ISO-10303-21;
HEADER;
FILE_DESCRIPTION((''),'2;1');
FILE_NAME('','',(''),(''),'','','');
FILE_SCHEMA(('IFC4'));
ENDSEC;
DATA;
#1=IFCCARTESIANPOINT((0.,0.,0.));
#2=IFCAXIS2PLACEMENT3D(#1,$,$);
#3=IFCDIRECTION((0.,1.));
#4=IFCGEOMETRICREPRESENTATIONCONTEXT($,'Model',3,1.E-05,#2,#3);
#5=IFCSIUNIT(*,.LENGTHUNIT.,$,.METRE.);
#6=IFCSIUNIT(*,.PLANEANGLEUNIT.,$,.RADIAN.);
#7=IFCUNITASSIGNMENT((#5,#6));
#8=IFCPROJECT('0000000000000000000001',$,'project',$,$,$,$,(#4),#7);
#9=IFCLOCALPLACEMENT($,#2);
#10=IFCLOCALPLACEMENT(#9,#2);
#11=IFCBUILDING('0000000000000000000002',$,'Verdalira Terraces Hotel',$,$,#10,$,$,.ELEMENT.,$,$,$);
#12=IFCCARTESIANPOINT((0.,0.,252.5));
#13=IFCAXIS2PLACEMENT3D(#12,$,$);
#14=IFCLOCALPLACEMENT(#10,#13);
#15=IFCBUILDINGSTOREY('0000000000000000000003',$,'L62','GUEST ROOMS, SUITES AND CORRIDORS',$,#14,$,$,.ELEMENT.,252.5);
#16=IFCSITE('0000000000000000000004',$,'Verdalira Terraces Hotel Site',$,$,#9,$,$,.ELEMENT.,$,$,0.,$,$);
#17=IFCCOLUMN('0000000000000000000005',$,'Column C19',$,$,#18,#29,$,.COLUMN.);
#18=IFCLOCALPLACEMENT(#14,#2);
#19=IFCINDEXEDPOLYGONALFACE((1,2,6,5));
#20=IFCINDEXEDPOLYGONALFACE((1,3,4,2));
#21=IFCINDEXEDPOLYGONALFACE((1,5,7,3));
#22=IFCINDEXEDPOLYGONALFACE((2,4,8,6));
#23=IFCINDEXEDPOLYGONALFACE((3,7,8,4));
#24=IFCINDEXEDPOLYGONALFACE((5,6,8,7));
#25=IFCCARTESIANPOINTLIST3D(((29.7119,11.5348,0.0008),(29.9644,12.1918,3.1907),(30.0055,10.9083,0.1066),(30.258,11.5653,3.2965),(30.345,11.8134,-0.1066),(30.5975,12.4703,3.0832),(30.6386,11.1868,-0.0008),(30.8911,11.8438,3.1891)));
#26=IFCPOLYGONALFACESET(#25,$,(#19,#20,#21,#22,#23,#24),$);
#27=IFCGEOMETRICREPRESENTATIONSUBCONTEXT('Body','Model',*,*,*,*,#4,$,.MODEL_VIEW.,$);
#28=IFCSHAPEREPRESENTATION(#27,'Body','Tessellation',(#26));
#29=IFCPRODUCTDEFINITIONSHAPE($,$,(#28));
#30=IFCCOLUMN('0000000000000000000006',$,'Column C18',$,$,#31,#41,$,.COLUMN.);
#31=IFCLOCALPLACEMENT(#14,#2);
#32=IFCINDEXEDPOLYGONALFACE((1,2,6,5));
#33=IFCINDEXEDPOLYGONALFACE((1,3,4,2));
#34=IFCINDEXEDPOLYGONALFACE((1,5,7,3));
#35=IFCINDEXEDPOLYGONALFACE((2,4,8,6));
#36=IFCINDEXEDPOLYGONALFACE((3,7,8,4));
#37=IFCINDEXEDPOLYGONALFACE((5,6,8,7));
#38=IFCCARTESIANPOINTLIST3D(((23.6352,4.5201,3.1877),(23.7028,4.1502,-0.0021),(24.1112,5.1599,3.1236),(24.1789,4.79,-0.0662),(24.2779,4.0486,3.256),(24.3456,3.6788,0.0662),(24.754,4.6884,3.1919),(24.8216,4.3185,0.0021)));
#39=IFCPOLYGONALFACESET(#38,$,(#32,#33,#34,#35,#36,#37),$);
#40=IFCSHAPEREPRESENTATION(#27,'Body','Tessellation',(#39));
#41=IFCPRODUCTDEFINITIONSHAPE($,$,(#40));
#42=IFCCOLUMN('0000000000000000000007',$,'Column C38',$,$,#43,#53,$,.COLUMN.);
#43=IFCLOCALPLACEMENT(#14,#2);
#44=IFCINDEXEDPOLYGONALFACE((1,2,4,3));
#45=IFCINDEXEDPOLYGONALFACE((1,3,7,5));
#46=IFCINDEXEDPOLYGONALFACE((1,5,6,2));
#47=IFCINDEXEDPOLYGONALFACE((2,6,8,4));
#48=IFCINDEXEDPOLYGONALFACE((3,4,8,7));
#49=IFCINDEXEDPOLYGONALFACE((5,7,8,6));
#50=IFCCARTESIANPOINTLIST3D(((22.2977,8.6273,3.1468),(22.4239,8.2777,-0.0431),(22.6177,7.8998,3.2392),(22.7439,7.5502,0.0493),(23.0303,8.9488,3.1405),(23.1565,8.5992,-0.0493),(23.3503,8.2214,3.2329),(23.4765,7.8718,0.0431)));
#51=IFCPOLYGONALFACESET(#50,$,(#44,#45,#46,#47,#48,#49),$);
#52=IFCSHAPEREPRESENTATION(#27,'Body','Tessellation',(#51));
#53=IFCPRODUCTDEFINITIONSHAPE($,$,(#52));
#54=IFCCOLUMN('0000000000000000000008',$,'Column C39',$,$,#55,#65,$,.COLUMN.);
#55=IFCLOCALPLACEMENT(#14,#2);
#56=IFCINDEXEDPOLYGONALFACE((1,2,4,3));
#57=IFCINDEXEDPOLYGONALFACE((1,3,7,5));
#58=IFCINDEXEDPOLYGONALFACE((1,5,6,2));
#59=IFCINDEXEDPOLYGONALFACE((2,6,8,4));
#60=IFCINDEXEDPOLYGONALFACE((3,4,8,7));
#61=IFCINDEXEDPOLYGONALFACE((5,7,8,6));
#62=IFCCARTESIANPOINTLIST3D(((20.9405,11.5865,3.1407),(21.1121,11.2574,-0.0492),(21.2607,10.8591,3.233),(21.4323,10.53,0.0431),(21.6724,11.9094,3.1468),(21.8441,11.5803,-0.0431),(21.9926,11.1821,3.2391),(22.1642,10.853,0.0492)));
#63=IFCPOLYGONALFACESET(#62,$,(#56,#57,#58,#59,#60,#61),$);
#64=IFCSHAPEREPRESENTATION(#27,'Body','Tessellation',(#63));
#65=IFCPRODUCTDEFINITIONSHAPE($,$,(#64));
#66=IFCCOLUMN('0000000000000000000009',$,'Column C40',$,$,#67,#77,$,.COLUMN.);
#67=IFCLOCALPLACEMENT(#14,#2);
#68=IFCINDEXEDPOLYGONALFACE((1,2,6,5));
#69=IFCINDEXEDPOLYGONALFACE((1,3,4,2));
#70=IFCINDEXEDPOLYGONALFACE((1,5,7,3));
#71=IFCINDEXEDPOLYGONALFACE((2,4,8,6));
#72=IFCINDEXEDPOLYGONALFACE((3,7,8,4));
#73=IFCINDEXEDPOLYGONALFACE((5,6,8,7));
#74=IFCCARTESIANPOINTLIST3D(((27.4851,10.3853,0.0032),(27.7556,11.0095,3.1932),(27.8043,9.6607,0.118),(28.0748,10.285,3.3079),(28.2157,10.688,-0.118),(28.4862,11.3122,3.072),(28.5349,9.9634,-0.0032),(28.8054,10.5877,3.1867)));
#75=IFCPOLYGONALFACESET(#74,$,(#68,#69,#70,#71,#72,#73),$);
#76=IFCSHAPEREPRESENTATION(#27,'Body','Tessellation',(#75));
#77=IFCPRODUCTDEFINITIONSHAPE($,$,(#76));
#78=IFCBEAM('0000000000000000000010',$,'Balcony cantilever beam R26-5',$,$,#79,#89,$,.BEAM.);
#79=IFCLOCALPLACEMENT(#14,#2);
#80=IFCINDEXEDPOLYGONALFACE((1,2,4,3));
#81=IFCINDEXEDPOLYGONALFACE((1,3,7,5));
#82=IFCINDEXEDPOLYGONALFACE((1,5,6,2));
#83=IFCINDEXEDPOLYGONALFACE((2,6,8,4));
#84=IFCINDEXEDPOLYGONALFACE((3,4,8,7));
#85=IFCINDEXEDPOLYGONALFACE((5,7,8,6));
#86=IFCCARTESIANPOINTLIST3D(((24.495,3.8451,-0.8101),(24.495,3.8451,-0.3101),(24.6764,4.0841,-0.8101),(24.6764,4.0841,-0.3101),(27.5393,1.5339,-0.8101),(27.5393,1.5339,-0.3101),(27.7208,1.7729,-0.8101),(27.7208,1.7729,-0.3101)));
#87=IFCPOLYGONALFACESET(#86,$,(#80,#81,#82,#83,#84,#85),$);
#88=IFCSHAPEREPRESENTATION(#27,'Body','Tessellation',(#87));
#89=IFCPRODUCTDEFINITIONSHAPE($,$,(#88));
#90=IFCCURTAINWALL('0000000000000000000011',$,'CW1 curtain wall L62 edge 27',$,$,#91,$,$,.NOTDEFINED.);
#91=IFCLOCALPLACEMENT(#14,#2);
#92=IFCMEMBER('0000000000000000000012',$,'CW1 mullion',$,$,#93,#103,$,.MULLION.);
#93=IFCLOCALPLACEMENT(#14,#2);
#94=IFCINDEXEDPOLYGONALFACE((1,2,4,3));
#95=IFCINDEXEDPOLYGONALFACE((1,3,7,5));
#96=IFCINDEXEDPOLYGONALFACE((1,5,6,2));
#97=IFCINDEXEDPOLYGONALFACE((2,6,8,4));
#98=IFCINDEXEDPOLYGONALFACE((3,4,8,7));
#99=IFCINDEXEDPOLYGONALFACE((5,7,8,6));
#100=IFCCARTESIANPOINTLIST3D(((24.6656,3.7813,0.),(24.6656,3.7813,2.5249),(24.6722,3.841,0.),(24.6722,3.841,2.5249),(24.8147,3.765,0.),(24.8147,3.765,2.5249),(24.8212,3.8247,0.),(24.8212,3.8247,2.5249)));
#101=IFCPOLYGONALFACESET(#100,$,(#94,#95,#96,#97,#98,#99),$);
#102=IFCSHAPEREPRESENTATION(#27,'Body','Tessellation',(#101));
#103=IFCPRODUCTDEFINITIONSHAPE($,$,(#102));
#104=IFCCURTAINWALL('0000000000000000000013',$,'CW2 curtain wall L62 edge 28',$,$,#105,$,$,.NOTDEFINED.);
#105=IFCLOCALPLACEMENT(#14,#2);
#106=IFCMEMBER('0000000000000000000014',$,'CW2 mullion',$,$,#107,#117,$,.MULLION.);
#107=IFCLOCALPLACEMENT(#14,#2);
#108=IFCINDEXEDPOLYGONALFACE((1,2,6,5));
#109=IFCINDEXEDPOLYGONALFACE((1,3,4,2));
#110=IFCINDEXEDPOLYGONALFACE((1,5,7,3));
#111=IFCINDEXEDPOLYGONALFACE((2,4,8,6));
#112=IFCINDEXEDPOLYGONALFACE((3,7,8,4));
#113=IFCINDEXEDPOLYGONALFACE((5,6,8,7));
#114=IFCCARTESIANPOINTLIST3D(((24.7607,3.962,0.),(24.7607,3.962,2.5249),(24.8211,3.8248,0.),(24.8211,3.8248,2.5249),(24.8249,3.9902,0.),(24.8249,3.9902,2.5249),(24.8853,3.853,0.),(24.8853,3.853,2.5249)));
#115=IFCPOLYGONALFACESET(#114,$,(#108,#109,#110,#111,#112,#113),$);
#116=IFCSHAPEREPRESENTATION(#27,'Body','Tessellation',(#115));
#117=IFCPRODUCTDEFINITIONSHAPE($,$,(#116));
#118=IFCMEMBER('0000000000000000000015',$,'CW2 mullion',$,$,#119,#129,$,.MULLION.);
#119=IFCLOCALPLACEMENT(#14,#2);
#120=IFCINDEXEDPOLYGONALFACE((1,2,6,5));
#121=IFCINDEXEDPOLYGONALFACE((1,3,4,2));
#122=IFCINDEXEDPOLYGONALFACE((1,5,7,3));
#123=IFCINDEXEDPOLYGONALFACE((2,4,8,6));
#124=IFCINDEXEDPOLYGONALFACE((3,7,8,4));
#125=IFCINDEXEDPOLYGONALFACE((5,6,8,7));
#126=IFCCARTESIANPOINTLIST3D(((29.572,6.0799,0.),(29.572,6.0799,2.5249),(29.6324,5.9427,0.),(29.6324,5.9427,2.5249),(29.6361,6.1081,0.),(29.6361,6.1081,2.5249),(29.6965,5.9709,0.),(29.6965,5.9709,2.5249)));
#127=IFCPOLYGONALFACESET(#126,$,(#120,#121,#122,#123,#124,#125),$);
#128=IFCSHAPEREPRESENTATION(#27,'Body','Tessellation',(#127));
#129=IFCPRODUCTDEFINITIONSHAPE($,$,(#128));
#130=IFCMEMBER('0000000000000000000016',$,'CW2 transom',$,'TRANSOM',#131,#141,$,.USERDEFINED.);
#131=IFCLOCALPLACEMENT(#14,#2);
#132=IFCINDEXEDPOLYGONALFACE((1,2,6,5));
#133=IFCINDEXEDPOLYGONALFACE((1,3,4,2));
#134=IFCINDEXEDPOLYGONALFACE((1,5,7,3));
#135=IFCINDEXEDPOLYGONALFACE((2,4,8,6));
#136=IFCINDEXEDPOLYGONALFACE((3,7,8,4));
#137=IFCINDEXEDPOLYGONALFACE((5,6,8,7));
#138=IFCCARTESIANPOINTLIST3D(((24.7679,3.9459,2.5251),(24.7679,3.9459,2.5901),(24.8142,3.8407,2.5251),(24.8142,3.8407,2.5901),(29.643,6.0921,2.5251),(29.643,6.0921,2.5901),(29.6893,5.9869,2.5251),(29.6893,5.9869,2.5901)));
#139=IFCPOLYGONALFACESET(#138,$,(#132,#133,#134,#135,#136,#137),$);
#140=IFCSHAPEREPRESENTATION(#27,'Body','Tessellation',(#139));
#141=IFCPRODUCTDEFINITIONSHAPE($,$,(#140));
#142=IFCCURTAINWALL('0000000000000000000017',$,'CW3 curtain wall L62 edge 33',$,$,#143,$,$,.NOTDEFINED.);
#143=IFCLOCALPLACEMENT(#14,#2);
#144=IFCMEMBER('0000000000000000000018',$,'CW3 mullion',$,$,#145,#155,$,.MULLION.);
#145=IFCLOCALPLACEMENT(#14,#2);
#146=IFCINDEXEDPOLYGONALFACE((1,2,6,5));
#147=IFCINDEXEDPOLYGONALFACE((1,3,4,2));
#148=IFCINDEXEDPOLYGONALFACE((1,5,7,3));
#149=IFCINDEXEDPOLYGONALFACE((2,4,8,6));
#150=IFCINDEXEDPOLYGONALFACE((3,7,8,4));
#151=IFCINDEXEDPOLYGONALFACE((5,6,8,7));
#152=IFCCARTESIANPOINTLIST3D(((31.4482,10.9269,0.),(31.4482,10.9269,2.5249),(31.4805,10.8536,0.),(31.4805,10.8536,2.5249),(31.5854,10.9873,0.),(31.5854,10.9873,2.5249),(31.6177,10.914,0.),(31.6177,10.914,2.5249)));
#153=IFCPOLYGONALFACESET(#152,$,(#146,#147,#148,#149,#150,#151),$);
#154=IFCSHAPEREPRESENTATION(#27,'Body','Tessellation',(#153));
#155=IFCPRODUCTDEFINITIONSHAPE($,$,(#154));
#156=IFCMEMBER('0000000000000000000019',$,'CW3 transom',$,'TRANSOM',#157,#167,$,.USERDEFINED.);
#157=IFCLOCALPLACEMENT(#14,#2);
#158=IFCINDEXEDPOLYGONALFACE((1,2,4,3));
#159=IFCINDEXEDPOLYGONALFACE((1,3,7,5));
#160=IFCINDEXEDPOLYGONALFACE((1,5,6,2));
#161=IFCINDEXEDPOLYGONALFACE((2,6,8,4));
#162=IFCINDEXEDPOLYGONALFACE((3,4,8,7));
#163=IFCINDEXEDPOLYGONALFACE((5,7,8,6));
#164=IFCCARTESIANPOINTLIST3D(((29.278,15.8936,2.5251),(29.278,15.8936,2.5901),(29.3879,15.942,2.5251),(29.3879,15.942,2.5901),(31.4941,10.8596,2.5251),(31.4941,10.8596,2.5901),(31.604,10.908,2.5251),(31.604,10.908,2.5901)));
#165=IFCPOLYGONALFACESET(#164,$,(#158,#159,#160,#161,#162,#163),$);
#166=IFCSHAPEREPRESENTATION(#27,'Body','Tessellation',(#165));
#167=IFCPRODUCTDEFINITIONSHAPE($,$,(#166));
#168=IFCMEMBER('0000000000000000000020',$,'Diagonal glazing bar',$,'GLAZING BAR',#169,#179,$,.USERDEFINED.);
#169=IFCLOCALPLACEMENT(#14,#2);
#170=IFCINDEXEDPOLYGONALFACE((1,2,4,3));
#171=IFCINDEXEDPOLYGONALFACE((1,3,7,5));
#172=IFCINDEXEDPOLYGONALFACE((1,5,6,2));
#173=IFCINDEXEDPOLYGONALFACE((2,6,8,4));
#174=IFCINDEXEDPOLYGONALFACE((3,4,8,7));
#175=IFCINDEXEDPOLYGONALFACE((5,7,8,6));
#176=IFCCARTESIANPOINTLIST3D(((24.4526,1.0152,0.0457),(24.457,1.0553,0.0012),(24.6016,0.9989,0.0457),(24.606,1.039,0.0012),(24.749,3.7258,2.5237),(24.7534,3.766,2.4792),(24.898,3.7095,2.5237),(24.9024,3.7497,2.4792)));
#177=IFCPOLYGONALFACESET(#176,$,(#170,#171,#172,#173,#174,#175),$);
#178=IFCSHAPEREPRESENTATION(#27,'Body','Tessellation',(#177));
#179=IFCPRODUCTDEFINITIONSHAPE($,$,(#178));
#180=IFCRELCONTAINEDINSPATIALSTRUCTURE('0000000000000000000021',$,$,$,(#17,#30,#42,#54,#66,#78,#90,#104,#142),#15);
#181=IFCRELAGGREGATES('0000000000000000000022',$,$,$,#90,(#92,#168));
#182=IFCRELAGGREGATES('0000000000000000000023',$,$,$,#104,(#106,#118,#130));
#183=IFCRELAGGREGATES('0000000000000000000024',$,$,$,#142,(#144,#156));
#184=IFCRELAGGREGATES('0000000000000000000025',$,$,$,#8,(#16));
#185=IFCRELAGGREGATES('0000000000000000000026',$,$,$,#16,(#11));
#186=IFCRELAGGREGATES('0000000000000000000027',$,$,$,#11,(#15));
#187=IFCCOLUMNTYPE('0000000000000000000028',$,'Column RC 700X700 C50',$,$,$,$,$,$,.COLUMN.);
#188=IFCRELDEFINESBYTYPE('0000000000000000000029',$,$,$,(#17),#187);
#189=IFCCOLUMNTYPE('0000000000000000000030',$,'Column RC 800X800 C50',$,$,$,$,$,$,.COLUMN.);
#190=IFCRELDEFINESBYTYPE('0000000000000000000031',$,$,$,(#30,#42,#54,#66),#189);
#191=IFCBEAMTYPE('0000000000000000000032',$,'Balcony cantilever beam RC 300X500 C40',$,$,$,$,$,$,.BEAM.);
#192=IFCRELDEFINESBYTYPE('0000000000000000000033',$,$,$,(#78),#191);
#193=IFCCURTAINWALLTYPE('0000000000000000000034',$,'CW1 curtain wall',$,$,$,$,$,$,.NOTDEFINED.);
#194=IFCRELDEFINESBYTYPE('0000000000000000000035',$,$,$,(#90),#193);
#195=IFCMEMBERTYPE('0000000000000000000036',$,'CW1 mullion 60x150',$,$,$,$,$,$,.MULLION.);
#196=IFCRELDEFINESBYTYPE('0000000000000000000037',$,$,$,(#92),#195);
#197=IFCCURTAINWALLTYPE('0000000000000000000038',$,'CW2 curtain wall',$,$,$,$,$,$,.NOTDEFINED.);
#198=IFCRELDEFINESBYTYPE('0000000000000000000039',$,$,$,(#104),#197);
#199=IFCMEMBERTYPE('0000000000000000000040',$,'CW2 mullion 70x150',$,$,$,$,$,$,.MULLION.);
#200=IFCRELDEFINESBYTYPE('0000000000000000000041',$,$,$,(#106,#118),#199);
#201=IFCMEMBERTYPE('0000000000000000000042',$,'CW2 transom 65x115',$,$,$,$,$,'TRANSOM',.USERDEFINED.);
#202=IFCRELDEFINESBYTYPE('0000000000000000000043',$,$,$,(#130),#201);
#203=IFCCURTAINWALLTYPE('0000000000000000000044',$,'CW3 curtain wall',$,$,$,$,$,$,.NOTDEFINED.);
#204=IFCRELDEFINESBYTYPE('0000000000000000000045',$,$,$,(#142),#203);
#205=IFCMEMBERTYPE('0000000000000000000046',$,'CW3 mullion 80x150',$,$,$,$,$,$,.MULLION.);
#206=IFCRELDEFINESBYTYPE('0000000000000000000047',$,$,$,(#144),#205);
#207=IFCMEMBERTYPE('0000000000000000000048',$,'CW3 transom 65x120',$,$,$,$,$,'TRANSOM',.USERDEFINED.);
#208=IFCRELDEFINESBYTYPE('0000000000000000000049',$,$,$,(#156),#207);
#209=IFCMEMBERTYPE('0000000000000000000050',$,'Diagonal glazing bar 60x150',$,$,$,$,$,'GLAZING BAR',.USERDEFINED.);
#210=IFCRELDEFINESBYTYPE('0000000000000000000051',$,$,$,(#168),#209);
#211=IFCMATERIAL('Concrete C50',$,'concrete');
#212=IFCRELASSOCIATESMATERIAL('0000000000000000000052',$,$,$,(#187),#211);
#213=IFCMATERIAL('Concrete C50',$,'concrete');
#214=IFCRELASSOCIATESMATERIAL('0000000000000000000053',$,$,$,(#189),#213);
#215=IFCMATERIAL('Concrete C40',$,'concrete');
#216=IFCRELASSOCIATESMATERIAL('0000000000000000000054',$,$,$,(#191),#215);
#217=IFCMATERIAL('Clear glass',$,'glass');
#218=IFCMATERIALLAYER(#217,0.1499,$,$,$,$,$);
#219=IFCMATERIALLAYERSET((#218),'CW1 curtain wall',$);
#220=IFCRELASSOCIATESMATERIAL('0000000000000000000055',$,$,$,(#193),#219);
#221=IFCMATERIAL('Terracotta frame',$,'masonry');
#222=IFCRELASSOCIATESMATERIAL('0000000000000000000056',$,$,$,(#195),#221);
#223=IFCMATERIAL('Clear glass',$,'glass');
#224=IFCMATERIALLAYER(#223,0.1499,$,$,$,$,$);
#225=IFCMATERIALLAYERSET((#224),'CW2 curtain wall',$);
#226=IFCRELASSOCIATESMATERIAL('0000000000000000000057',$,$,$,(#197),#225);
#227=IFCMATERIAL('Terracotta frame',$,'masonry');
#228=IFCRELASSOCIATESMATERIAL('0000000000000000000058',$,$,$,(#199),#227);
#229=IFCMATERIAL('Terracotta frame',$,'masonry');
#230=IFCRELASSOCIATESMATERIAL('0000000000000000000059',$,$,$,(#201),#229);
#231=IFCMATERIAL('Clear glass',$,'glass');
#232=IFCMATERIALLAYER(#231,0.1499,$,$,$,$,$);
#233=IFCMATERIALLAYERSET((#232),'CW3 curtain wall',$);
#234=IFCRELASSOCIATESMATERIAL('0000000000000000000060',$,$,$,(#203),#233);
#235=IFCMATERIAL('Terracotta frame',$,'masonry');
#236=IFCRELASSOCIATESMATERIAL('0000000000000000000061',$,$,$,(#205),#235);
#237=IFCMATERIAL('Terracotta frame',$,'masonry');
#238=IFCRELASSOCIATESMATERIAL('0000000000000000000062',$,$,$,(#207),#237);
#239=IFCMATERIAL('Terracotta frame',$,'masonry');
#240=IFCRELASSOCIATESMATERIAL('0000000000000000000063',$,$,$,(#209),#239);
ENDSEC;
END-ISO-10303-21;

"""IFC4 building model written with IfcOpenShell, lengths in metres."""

from ifc_helpers import new_model, si_unit, direction, frame, origin, origin_2d, place, context, subcontext, project, spatial, rectangle, extrude, material, layer, layer_set, material_profile, profile_set, type_object, element, aggregate, save


model = new_model("IFC4")

# Units and contexts
model_context = context("Model", 3, precision=1e-05, world=origin(), true_north=direction((0.0, 1.0)))
body_context = subcontext(model_context, "Body", "Model", "MODEL_VIEW")
ifc_project = project(units=[si_unit("LENGTHUNIT", "METRE"), si_unit("PLANEANGLEUNIT", "RADIAN")], contexts=[model_context])

# Site, building, storey
site_placement = place(None, origin())
site = spatial("IfcSite", under=ifc_project, at=site_placement, Name="Verdalira Terraces Hotel Site", CompositionType="ELEMENT", RefElevation=0.0)
building_placement = place(site_placement, origin())
building = spatial("IfcBuilding", under=site, at=building_placement, Name="Verdalira Terraces Hotel", CompositionType="ELEMENT")
storey_placement = place(building_placement, frame((0.0, 0.0, 252.5)))
storey = spatial("IfcBuildingStorey", under=building, at=storey_placement, Name="L62", Description="GUEST ROOMS, SUITES AND CORRIDORS", CompositionType="ELEMENT", Elevation=252.5)

# Columns
ifc_material_1 = material(Name="Concrete C50", Category="concrete")
ifc_material_profile_1 = material_profile(ifc_material_1, rectangle(XDim=0.7, YDim=0.7, at=origin_2d()), Name="RC 700X700")
ifc_profile_set_1 = profile_set([ifc_material_profile_1], Name="Concrete C50")
column_type_1 = type_object("IfcColumnType", Name="Column RC 700X700 C50", PredefinedType="COLUMN", material=ifc_profile_set_1)
column_1_placement = place(storey_placement, frame((30.1753, 11.3608, 0.0), z_axis=(0.077278, 0.201117, 0.976514), x_axis=(-0.419444, 0.895108, -0.151158)))
element("IfcColumn", 1, at=column_1_placement, inside=storey, type_object=column_type_1, Name="Column C19", PredefinedType="COLUMN", context=body_context, shape_type="SweptSolid", body=[
    extrude(rectangle(XDim=0.7, YDim=0.7, at=origin_2d()), origin(), (0.0, 0.0, 1.0), 3.2666),
])
ifc_material_2 = material(Name="Concrete C50", Category="concrete")
ifc_material_profile_2 = material_profile(ifc_material_2, rectangle(XDim=0.8, YDim=0.8, at=origin_2d()), Name="RC 800X800")
ifc_profile_set_2 = profile_set([ifc_material_profile_2], Name="Concrete C50")
column_type_2 = type_object("IfcColumnType", Name="Column RC 800X800 C50", PredefinedType="COLUMN", material=ifc_profile_set_2)
column_2_placement = place(storey_placement, frame((24.2622, 4.2344, 0.0), z_axis=(-0.021054, 0.115153, 0.993125), x_axis=(-0.595047, -0.799688, 0.080109)))
element("IfcColumn", 2, at=column_2_placement, inside=storey, type_object=column_type_2, Name="Column C18", PredefinedType="COLUMN", context=body_context, shape_type="SweptSolid", body=[
    extrude(rectangle(XDim=0.8, YDim=0.8, at=origin_2d()), origin(), (0.0, 0.0, 1.0), 3.2119),
])
for number, where, z_axis, x_axis, name in (
    (3, (22.9502, 8.0747, 0.0), (-0.039302, 0.108861, 0.99328), (0.915667, 0.401863, -0.007812), "Column C38"),
    (4, (21.6382, 11.0552, 0.0), (-0.053443, 0.102477, 0.993299), (0.914863, 0.403694, 0.007575), "Column C39"),
):
    element("IfcColumn", number, at=place(storey_placement, frame(where, z_axis=z_axis, x_axis=x_axis)), inside=storey, type_object=column_type_2, Name=name, PredefinedType="COLUMN", context=body_context, shape_type="SweptSolid", body=[
        extrude(rectangle(XDim=0.8, YDim=0.8, at=origin_2d()), origin(), (0.0, 0.0, 1.0), 3.2114),
    ])
column_3_placement = place(storey_placement, frame((28.01, 10.1743, 0.0), z_axis=(0.082935, 0.191394, 0.978003), x_axis=(0.913185, 0.378346, -0.15148)))
element("IfcColumn", 5, at=column_3_placement, inside=storey, type_object=column_type_2, Name="Column C40", PredefinedType="COLUMN", context=body_context, shape_type="SweptSolid", body=[
    extrude(rectangle(XDim=0.8, YDim=0.8, at=origin_2d()), origin(), (0.0, 0.0, 1.0), 3.2617),
])

# Beam
ifc_material_3 = material(Name="Concrete C40", Category="concrete")
ifc_material_profile_3 = material_profile(ifc_material_3, rectangle(XDim=0.3, YDim=0.5, at=origin_2d()), Name="RC 300X500")
ifc_profile_set_3 = profile_set([ifc_material_profile_3], Name="Concrete C40")
beam_type = type_object("IfcBeamType", Name="Balcony cantilever beam RC 300X500 C40", PredefinedType="BEAM", material=ifc_profile_set_3)
beam_placement = place(storey_placement, frame((24.5857, 3.9646, -0.5601), z_axis=(0.796476, -0.60467, 0.0), x_axis=(0.60467, 0.796476, 0.0)))
element("IfcBeam", 6, at=beam_placement, inside=storey, type_object=beam_type, Name="Balcony cantilever beam R26-5", PredefinedType="BEAM", context=body_context, shape_type="SweptSolid", body=[
    extrude(rectangle(XDim=0.3, YDim=0.5, at=origin_2d()), origin(), (0.0, 0.0, 1.0), 3.8223),
])

# Curtain wall, member
ifc_material_4 = material(Name="Clear glass", Category="glass")
ifc_layer_1 = layer(ifc_material_4, 0.1499)
ifc_layer_set_1 = layer_set([ifc_layer_1], Name="CW1 curtain wall")
curtain_wall_type_1 = type_object("IfcCurtainWallType", Name="CW1 curtain wall", PredefinedType="NOTDEFINED", material=ifc_layer_set_1)
curtain_wall_1_placement = place(storey_placement, origin())
curtain_wall_1 = element("IfcCurtainWall", 7, at=curtain_wall_1_placement, inside=storey, type_object=curtain_wall_type_1, Name="CW1 curtain wall L62 edge 27", PredefinedType="NOTDEFINED")
ifc_material_5 = material(Name="Terracotta frame", Category="masonry")
ifc_material_profile_4 = material_profile(ifc_material_5, rectangle(XDim=0.0601, YDim=0.1499, at=origin_2d()), Name="MU 60x150")
ifc_profile_set_4 = profile_set([ifc_material_profile_4], Name="Terracotta frame")
member_type_1 = type_object("IfcMemberType", Name="CW1 mullion 60x150", PredefinedType="MULLION", material=ifc_profile_set_4)
member_1_placement = place(storey_placement, frame((24.7434, 3.803, 0.0), z_axis=(0.0, 0.0, 1.0), x_axis=(0.108693, 0.994075, 0.0)))
member_1 = element("IfcMember", 8, at=member_1_placement, type_object=member_type_1, Name="CW1 mullion", PredefinedType="MULLION", context=body_context, shape_type="SweptSolid", body=[
    extrude(rectangle(XDim=0.0601, YDim=0.1499, at=origin_2d()), origin(), (0.0, 0.0, 1.0), 2.5249),
])

# Curtain walls, members
ifc_material_6 = material(Name="Clear glass", Category="glass")
ifc_layer_2 = layer(ifc_material_6, 0.1499)
ifc_layer_set_2 = layer_set([ifc_layer_2], Name="CW2 curtain wall")
curtain_wall_type_2 = type_object("IfcCurtainWallType", Name="CW2 curtain wall", PredefinedType="NOTDEFINED", material=ifc_layer_set_2)
curtain_wall_2_placement = place(storey_placement, origin())
curtain_wall_2 = element("IfcCurtainWall", 9, at=curtain_wall_2_placement, inside=storey, type_object=curtain_wall_type_2, Name="CW2 curtain wall L62 edge 28", PredefinedType="NOTDEFINED")
ifc_material_7 = material(Name="Terracotta frame", Category="masonry")
ifc_material_profile_5 = material_profile(ifc_material_7, rectangle(XDim=0.0701, YDim=0.1499, at=origin_2d()), Name="MU 70x150")
ifc_profile_set_5 = profile_set([ifc_material_profile_5], Name="Terracotta frame")
member_type_2 = type_object("IfcMemberType", Name="CW2 mullion 70x150", PredefinedType="MULLION", material=ifc_profile_set_5)
member_2_placement = place(storey_placement, frame((24.823, 3.9075, 0.0), z_axis=(0.0, 0.0, 1.0), x_axis=(0.915241, 0.402906, 0.0)))
member_2 = element("IfcMember", 10, at=member_2_placement, type_object=member_type_2, Name="CW2 mullion", PredefinedType="MULLION", context=body_context, shape_type="SweptSolid", body=[
    extrude(rectangle(XDim=0.0701, YDim=0.1499, at=origin_2d()), origin(), (0.0, 0.0, 1.0), 2.5249),
])
member_3_placement = place(storey_placement, frame((29.6343, 6.0254, 0.0), z_axis=(0.0, 0.0, 1.0), x_axis=(0.915241, 0.402906, 0.0)))
member_3 = element("IfcMember", 11, at=member_3_placement, type_object=member_type_2, Name="CW2 mullion", PredefinedType="MULLION", context=body_context, shape_type="SweptSolid", body=[
    extrude(rectangle(XDim=0.0701, YDim=0.1499, at=origin_2d()), origin(), (0.0, 0.0, 1.0), 2.5249),
])
ifc_material_8 = material(Name="Terracotta frame", Category="masonry")
ifc_material_profile_6 = material_profile(ifc_material_8, rectangle(XDim=0.115, YDim=0.0649, at=origin_2d()), Name="TR 65x115")
ifc_profile_set_6 = profile_set([ifc_material_profile_6], Name="Terracotta frame")
member_type_3 = type_object("IfcMemberType", Name="CW2 transom 65x115", ElementType="TRANSOM", PredefinedType="USERDEFINED", material=ifc_profile_set_6)
member_4_placement = place(storey_placement, frame((24.791, 3.8933, 2.5576), z_axis=(0.915237, 0.402917, 0.0), x_axis=(-0.402917, 0.915237, 0.0)))
member_4 = element("IfcMember", 12, at=member_4_placement, type_object=member_type_3, Name="CW2 transom", ObjectType="TRANSOM", PredefinedType="USERDEFINED", context=body_context, shape_type="SweptSolid", body=[
    extrude(rectangle(XDim=0.115, YDim=0.0649, at=origin_2d()), origin(), (0.0, 0.0, 1.0), 5.3267),
])
ifc_material_9 = material(Name="Clear glass", Category="glass")
ifc_layer_3 = layer(ifc_material_9, 0.1499)
ifc_layer_set_3 = layer_set([ifc_layer_3], Name="CW3 curtain wall")
curtain_wall_type_3 = type_object("IfcCurtainWallType", Name="CW3 curtain wall", PredefinedType="NOTDEFINED", material=ifc_layer_set_3)
curtain_wall_3_placement = place(storey_placement, origin())
curtain_wall_3 = element("IfcCurtainWall", 13, at=curtain_wall_3_placement, inside=storey, type_object=curtain_wall_type_3, Name="CW3 curtain wall L62 edge 33", PredefinedType="NOTDEFINED")
ifc_material_10 = material(Name="Terracotta frame", Category="masonry")
ifc_material_profile_7 = material_profile(ifc_material_10, rectangle(XDim=0.0801, YDim=0.1499, at=origin_2d()), Name="MU 80x150")
ifc_profile_set_7 = profile_set([ifc_material_profile_7], Name="Terracotta frame")
member_type_4 = type_object("IfcMemberType", Name="CW3 mullion 80x150", PredefinedType="MULLION", material=ifc_profile_set_7)
member_5_placement = place(storey_placement, frame((31.533, 10.9204, 0.0), z_axis=(0.0, 0.0, 1.0), x_axis=(-0.402906, 0.915241, 0.0)))
member_5 = element("IfcMember", 14, at=member_5_placement, type_object=member_type_4, Name="CW3 mullion", PredefinedType="MULLION", context=body_context, shape_type="SweptSolid", body=[
    extrude(rectangle(XDim=0.0801, YDim=0.1499, at=origin_2d()), origin(), (0.0, 0.0, 1.0), 2.5249),
])
ifc_material_11 = material(Name="Terracotta frame", Category="masonry")
ifc_material_profile_8 = material_profile(ifc_material_11, rectangle(XDim=0.1201, YDim=0.0649, at=origin_2d()), Name="TR 65x120")
ifc_profile_set_8 = profile_set([ifc_material_profile_8], Name="Terracotta frame")
member_type_5 = type_object("IfcMemberType", Name="CW3 transom 65x120", ElementType="TRANSOM", PredefinedType="USERDEFINED", material=ifc_profile_set_8)
member_6_placement = place(storey_placement, frame((31.5491, 10.8838, 2.5576), z_axis=(-0.402911, 0.915239, 0.0), x_axis=(-0.915239, -0.402911, 0.0)))
member_6 = element("IfcMember", 15, at=member_6_placement, type_object=member_type_5, Name="CW3 transom", ObjectType="TRANSOM", PredefinedType="USERDEFINED", context=body_context, shape_type="SweptSolid", body=[
    extrude(rectangle(XDim=0.1201, YDim=0.0649, at=origin_2d()), origin(), (0.0, 0.0, 1.0), 5.5002),
])

# Member
ifc_material_12 = material(Name="Terracotta frame", Category="masonry")
ifc_material_profile_9 = material_profile(ifc_material_12, rectangle(XDim=0.1499, YDim=0.0601, at=origin_2d()), Name="GB 60x150")
ifc_profile_set_9 = profile_set([ifc_material_profile_9], Name="Terracotta frame")
member_type_6 = type_object("IfcMemberType", Name="Diagonal glazing bar 60x150", ElementType="GLAZING BAR", PredefinedType="USERDEFINED", material=ifc_profile_set_9)
member_7_placement = place(storey_placement, frame((24.5293, 1.0271, 0.0234), z_axis=(0.080439, 0.735681, 0.672535), x_axis=(-0.994075, 0.108692, 0.0)))
member_7 = element("IfcMember", 16, at=member_7_placement, type_object=member_type_6, Name="Diagonal glazing bar", ObjectType="GLAZING BAR", PredefinedType="USERDEFINED", context=body_context, shape_type="SweptSolid", body=[
    extrude(rectangle(XDim=0.1499, YDim=0.0601, at=origin_2d()), origin(), (0.0, 0.0, 1.0), 3.6846),
])

aggregate(curtain_wall_1, [member_1, member_7])
aggregate(curtain_wall_2, [member_2, member_3, member_4])
aggregate(curtain_wall_3, [member_5, member_6])

save(model, "model.ifc")
